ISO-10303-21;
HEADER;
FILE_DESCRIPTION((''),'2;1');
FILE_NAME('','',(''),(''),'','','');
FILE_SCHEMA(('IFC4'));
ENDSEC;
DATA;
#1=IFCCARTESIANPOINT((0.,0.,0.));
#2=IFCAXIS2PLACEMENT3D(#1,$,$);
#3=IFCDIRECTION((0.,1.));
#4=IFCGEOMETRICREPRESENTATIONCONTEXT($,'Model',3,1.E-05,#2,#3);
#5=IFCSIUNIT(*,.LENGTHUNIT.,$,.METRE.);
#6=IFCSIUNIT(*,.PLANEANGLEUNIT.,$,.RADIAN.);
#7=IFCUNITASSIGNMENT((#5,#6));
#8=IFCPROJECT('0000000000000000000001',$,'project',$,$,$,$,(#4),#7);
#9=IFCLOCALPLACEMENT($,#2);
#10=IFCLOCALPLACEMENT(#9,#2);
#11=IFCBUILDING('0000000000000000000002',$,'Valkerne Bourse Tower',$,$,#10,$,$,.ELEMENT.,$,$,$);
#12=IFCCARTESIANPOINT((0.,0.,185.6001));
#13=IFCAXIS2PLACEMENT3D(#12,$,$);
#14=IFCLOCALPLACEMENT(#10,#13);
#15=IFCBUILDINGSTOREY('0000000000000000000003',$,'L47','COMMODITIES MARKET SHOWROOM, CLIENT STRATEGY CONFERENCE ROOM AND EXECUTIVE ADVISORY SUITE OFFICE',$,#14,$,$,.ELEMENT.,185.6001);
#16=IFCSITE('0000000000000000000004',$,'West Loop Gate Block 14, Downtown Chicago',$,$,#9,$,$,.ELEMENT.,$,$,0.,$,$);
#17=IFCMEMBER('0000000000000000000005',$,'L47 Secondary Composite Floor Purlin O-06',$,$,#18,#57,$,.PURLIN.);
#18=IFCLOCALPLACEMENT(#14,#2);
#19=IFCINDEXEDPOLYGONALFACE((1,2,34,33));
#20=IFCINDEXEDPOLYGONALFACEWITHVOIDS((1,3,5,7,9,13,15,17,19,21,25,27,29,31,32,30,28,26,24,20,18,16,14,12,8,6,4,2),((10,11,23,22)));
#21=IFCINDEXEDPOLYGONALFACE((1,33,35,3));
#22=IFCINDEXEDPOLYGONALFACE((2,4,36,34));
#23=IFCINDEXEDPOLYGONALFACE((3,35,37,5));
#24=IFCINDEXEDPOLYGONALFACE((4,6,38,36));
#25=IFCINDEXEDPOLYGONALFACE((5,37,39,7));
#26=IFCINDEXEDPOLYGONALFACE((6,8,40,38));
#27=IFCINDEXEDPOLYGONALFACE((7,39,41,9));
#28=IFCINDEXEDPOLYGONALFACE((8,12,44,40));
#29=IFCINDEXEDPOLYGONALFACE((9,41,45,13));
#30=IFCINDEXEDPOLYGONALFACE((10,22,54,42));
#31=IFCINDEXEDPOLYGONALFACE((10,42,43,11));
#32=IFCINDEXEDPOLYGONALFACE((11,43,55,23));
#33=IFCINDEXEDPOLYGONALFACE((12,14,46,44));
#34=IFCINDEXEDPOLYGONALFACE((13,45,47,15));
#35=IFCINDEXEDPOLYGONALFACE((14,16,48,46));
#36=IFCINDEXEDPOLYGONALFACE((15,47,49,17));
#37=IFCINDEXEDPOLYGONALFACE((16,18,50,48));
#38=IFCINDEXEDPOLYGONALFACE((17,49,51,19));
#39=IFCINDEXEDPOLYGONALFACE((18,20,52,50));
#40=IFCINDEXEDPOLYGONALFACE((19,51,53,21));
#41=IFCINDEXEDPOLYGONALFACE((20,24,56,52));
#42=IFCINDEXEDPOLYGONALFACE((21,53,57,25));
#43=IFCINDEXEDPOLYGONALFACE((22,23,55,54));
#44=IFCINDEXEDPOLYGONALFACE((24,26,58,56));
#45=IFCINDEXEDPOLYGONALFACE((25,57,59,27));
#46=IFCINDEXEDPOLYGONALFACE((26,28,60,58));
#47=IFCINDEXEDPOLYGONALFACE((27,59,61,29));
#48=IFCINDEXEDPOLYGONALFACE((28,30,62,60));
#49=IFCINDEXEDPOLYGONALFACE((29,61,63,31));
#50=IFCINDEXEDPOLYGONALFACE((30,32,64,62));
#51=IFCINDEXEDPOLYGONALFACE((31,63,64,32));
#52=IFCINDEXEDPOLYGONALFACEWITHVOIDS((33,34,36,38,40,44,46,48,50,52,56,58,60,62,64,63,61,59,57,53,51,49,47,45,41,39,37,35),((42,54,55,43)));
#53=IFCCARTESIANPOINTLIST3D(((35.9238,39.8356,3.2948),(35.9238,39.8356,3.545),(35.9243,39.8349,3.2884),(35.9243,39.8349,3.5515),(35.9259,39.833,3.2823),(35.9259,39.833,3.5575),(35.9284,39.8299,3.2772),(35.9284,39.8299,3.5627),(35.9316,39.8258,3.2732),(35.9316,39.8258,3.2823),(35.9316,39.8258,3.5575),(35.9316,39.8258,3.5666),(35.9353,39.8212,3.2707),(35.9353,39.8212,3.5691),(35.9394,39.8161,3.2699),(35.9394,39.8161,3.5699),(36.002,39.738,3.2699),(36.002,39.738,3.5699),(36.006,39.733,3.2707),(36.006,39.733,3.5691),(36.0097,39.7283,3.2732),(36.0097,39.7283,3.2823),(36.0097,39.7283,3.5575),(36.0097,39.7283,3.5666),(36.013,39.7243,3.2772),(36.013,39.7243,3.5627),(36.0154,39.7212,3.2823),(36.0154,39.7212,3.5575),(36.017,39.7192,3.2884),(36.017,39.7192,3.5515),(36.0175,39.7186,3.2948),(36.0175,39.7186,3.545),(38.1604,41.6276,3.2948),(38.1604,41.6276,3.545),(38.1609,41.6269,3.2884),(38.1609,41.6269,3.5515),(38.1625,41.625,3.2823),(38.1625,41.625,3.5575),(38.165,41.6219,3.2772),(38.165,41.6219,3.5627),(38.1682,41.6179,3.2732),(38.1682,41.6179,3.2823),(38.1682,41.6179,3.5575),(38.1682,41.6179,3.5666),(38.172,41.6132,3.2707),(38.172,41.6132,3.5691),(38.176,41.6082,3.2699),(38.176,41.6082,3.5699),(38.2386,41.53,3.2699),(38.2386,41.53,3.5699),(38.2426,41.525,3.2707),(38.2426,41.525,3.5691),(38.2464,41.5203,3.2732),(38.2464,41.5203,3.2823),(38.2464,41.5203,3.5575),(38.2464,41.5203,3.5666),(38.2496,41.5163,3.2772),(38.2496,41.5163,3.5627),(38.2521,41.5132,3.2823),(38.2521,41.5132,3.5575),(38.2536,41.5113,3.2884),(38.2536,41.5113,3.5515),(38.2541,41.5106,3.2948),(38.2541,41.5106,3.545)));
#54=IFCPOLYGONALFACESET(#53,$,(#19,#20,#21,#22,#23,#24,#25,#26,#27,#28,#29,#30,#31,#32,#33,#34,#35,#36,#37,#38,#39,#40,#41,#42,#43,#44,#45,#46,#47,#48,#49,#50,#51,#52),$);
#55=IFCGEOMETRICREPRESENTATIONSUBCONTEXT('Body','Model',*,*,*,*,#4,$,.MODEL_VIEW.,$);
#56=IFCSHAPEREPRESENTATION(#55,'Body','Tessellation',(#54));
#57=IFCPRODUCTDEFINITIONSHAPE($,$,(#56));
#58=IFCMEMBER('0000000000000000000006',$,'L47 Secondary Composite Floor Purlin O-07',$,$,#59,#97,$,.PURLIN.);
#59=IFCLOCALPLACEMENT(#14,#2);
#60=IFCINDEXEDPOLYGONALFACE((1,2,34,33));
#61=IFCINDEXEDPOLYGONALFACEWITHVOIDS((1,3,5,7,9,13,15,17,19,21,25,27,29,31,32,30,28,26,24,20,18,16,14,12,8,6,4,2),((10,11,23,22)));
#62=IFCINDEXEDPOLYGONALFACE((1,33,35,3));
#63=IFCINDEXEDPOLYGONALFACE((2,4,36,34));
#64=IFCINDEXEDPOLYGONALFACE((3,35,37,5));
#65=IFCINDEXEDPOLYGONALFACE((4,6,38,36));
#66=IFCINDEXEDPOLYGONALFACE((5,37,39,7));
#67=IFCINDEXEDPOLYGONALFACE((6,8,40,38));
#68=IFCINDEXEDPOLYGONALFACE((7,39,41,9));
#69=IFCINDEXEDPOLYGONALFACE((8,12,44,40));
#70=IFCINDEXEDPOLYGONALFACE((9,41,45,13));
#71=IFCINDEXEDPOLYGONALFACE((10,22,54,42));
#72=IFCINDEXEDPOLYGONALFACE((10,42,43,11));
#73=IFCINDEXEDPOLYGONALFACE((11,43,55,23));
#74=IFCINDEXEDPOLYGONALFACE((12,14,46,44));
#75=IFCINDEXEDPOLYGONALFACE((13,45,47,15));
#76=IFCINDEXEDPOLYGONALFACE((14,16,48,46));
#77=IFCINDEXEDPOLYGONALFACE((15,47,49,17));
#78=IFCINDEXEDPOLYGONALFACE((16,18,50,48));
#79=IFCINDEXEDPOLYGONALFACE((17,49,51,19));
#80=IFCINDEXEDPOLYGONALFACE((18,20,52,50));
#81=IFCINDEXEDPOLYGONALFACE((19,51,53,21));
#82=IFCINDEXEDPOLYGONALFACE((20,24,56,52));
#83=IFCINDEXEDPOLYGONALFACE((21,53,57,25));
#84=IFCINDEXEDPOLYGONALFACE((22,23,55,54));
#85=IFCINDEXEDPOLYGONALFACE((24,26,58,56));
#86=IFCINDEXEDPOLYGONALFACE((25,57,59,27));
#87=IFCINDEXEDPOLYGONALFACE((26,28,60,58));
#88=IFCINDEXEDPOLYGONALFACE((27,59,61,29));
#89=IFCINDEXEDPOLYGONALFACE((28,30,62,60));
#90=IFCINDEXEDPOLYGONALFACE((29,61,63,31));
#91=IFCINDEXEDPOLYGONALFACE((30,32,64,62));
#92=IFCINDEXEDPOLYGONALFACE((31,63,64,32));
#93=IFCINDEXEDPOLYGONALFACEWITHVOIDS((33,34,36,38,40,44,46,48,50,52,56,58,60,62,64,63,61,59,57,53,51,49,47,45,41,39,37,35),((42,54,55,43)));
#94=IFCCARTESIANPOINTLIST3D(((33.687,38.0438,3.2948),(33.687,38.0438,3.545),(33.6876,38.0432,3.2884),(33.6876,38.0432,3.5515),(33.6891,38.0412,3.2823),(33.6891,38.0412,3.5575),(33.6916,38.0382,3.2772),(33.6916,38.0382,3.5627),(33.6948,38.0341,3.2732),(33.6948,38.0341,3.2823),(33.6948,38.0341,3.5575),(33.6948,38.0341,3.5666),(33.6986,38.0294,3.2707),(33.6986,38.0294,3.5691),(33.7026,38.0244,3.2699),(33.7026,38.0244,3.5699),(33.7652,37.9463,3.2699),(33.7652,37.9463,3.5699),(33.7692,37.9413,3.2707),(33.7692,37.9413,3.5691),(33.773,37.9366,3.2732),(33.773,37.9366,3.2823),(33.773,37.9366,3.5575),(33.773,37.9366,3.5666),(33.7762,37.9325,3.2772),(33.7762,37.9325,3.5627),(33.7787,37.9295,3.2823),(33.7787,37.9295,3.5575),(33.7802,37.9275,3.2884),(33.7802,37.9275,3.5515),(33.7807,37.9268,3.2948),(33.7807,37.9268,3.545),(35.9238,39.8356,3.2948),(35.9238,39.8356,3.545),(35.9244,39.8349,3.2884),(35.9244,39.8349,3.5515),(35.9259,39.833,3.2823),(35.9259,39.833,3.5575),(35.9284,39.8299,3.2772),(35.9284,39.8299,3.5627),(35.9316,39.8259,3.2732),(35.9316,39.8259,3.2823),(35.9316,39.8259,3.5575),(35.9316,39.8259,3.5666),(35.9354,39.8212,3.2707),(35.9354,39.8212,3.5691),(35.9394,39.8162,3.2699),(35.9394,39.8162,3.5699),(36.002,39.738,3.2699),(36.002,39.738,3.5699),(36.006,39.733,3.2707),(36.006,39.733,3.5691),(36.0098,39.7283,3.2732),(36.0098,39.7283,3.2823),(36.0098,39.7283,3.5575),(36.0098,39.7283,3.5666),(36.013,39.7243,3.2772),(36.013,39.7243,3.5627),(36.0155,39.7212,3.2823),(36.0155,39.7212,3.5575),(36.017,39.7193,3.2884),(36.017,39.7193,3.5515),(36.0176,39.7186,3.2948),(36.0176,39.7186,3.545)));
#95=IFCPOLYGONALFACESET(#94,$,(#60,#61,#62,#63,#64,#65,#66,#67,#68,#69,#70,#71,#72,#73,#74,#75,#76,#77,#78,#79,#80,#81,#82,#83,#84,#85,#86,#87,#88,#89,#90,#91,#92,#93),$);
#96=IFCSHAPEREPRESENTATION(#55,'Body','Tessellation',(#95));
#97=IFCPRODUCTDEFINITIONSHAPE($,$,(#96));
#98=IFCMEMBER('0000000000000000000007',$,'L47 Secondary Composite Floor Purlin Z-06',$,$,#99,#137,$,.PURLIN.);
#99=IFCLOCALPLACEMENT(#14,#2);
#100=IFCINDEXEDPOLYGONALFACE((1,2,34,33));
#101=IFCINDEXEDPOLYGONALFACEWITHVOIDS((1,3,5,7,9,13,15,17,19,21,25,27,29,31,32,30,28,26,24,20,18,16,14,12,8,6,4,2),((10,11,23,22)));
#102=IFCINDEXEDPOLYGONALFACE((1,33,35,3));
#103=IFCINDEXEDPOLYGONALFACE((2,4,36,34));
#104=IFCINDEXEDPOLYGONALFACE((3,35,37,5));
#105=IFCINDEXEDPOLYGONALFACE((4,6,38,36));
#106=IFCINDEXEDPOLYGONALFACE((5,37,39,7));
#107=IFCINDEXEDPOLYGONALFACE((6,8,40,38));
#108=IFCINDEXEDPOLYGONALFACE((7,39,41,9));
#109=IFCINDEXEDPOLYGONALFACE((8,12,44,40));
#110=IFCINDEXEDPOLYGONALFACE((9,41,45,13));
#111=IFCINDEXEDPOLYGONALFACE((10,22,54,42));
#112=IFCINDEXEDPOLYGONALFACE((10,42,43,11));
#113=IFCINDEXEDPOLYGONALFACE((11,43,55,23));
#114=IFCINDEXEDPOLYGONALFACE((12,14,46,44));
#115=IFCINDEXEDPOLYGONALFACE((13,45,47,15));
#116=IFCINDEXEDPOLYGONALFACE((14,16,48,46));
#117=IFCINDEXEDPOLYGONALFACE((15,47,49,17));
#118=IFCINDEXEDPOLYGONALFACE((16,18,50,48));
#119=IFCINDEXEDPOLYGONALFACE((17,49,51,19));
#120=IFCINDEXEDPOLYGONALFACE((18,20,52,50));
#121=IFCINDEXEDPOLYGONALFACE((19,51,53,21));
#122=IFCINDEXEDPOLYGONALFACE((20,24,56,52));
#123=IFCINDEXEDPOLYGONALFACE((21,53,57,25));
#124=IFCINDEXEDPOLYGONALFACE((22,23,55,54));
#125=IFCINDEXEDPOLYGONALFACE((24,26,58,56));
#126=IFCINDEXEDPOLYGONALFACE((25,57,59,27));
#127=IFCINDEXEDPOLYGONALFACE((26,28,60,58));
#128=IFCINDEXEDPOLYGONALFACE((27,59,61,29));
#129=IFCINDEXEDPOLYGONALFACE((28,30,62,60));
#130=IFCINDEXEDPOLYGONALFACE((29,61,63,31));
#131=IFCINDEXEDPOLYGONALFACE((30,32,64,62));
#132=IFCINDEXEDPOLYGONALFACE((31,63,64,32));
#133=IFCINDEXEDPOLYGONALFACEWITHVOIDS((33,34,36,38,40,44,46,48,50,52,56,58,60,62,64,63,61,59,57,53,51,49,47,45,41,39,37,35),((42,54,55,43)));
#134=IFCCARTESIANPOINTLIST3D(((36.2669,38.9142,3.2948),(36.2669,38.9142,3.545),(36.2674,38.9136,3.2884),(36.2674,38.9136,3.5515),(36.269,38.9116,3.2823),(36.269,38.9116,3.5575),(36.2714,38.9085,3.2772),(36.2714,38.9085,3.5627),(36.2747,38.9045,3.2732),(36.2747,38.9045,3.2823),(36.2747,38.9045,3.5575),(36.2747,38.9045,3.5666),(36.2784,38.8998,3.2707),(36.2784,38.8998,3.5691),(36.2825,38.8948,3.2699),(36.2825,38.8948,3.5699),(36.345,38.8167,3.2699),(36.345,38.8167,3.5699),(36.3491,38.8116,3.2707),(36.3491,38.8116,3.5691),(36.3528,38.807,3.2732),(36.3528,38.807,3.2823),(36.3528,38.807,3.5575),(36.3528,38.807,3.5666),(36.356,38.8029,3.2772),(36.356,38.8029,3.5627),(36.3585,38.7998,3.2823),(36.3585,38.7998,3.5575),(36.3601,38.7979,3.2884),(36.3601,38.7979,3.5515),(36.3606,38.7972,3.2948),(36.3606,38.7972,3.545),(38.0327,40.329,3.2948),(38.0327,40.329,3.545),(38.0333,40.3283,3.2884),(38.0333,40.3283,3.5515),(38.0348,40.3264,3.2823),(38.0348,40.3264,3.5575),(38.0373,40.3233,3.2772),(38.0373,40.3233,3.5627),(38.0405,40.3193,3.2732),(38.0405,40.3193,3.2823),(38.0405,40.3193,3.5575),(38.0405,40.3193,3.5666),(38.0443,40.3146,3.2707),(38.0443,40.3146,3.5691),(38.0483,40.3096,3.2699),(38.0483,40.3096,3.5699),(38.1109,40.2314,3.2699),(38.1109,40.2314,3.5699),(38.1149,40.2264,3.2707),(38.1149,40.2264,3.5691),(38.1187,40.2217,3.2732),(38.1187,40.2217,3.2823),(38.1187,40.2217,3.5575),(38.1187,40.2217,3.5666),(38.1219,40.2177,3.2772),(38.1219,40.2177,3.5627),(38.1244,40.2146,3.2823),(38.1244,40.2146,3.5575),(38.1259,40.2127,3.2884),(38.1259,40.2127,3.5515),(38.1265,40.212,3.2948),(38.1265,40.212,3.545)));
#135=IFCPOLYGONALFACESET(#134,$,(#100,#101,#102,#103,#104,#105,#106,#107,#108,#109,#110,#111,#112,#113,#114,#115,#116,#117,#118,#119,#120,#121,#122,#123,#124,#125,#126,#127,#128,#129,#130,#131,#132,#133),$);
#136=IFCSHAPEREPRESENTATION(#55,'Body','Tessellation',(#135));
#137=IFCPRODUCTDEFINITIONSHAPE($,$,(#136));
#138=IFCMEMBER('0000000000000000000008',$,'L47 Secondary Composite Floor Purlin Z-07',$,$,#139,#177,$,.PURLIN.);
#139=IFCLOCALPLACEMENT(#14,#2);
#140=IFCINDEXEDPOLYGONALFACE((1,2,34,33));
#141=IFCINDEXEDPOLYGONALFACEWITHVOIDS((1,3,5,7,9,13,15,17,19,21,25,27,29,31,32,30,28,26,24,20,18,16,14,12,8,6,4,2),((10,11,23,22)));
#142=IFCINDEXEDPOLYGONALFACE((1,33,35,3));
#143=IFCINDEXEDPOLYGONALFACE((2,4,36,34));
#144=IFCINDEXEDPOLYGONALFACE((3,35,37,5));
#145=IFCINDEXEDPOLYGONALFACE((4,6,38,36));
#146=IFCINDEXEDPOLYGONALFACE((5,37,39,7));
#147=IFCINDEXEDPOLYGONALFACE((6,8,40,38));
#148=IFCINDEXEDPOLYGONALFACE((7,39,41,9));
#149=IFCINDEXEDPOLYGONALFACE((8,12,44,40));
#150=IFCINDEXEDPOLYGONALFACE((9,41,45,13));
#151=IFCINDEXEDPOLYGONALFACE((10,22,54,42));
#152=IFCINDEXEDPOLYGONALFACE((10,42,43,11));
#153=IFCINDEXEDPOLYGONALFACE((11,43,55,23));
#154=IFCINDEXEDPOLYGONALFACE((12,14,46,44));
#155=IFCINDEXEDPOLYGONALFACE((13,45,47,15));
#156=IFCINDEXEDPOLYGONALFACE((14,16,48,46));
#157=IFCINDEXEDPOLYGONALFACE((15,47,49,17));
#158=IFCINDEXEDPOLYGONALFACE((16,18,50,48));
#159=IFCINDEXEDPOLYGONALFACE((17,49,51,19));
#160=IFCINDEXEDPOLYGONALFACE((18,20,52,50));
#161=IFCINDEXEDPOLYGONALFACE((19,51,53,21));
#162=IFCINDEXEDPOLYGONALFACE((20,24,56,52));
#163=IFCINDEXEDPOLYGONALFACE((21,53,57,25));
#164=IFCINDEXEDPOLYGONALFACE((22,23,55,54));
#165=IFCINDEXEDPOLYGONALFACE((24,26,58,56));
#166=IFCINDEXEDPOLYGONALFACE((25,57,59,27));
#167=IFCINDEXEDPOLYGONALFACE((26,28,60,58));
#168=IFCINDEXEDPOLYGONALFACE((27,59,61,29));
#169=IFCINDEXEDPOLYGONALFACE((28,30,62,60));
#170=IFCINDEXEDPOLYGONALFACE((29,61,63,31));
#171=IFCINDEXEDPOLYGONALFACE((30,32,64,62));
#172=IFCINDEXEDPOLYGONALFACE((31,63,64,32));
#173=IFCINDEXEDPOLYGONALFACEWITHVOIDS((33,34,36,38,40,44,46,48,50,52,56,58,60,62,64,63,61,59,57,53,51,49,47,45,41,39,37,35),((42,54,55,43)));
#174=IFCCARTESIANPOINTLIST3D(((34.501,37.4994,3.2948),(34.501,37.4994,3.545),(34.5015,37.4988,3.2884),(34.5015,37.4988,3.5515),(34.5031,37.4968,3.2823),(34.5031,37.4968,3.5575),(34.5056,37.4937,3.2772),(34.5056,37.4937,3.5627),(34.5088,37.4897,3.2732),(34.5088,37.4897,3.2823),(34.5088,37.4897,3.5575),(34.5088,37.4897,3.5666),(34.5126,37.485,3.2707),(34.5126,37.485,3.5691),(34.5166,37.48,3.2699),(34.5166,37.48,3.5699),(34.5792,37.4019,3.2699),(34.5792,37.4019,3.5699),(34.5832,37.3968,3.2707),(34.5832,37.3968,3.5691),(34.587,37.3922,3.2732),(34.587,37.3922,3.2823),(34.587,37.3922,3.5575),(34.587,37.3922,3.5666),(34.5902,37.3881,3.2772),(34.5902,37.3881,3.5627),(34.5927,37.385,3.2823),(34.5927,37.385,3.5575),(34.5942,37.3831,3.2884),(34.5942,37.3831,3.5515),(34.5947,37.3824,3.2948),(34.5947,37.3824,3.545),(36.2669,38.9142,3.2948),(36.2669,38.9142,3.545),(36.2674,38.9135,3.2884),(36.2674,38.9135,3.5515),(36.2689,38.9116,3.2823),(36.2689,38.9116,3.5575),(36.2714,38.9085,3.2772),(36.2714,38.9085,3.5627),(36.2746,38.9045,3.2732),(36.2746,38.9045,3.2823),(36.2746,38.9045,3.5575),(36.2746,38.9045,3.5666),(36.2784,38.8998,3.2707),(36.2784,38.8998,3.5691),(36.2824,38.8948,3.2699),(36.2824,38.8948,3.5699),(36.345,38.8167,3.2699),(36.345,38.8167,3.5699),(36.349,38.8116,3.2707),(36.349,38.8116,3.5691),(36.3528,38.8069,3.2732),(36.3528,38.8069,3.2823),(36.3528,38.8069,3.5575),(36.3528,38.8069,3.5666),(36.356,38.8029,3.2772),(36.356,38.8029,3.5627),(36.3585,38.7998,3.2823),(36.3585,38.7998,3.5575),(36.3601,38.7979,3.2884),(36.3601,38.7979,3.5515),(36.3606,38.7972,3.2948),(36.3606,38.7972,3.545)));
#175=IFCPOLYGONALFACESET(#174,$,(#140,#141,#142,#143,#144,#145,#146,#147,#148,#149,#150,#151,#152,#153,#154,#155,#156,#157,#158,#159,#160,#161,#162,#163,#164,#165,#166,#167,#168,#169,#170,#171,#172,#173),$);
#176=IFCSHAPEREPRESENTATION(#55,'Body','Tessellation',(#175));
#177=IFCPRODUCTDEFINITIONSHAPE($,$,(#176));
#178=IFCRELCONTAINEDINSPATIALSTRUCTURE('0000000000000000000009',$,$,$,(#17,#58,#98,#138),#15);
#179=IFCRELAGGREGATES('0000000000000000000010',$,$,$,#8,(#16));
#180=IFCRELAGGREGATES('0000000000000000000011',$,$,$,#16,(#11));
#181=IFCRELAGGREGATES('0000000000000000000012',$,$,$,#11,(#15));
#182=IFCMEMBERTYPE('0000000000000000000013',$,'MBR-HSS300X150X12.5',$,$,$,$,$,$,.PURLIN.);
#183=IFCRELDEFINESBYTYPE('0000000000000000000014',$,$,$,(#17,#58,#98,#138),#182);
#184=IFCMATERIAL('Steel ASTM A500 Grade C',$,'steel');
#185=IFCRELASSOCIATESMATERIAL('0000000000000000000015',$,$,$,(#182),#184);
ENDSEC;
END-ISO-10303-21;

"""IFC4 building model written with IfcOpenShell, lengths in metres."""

from ifc_helpers import new_model, si_unit, direction, frame, origin, origin_2d, place, context, subcontext, project, spatial, hollow_rectangle, extrude, material, material_profile, profile_set, type_object, element, save


model = new_model("IFC4")

# Units and contexts
model_context = context("Model", 3, precision=1e-05, world=origin(), true_north=direction((0.0, 1.0)))
body_context = subcontext(model_context, "Body", "Model", "MODEL_VIEW")
ifc_project = project(units=[si_unit("LENGTHUNIT", "METRE"), si_unit("PLANEANGLEUNIT", "RADIAN")], contexts=[model_context])

# Site, building, storey
site_placement = place(None, origin())
site = spatial("IfcSite", under=ifc_project, at=site_placement, Name="West Loop Gate Block 14, Downtown Chicago", CompositionType="ELEMENT", RefElevation=0.0)
building_placement = place(site_placement, origin())
building = spatial("IfcBuilding", under=site, at=building_placement, Name="Valkerne Bourse Tower", CompositionType="ELEMENT")
storey_placement = place(building_placement, frame((0.0, 0.0, 185.6001)))
storey = spatial("IfcBuildingStorey", under=building, at=storey_placement, Name="L47", Description="COMMODITIES MARKET SHOWROOM, CLIENT STRATEGY CONFERENCE ROOM AND EXECUTIVE ADVISORY SUITE OFFICE", CompositionType="ELEMENT", Elevation=185.6001)

# Members
ifc_material_1 = material(Name="Steel ASTM A500 Grade C", Category="steel")
ifc_material_profile_1 = material_profile(ifc_material_1, hollow_rectangle(XDim=0.1499, YDim=0.3, WallThickness=0.0125, OuterFilletRadius=0.0249, at=origin_2d()), Name="HSS300X150X12.5")
ifc_profile_set_1 = profile_set([ifc_material_profile_1], Name="Steel ASTM A500 Grade C")
member_type_1 = type_object("IfcMemberType", Name="MBR-HSS300X150X12.5", PredefinedType="PURLIN", material=ifc_profile_set_1)
for number, where, z_axis, x_axis, name in (
    (1, (38.2073, 41.5691, 3.4199), (-0.780403, -0.625277, 0.0), (0.625277, -0.780403, 0.0), "L47 Secondary Composite Floor Purlin O-06"),
    (2, (35.9707, 39.7771, 3.4199), (-0.780478, -0.625183, 0.0), (0.625183, -0.780478, 0.0), "L47 Secondary Composite Floor Purlin O-07"),
):
    element("IfcMember", number, at=place(storey_placement, frame(where, z_axis=z_axis, x_axis=x_axis)), inside=storey, type_object=member_type_1, Name=name, PredefinedType="PURLIN", context=body_context, shape_type="SweptSolid", body=[
        extrude(hollow_rectangle(XDim=0.1499, YDim=0.3, WallThickness=0.0125, OuterFilletRadius=0.0249, at=origin_2d()), origin(), (0.0, 0.0, 1.0), 2.866),
    ])
for number, where, z_axis, x_axis, name in (
    (3, (38.0796, 40.2705, 3.4199), (-0.780416, -0.625261, 0.0), (0.625261, -0.780416, 0.0), "L47 Secondary Composite Floor Purlin Z-06"),
    (4, (36.3137, 38.8557, 3.4199), (-0.780416, -0.625261, 0.0), (0.625261, -0.780416, 0.0), "L47 Secondary Composite Floor Purlin Z-07"),
):
    element("IfcMember", number, at=place(storey_placement, frame(where, z_axis=z_axis, x_axis=x_axis)), inside=storey, type_object=member_type_1, Name=name, PredefinedType="PURLIN", context=body_context, shape_type="SweptSolid", body=[
        extrude(hollow_rectangle(XDim=0.1499, YDim=0.3, WallThickness=0.0125, OuterFilletRadius=0.0249, at=origin_2d()), origin(), (0.0, 0.0, 1.0), 2.2627),
    ])

save(model, "model.ifc")
